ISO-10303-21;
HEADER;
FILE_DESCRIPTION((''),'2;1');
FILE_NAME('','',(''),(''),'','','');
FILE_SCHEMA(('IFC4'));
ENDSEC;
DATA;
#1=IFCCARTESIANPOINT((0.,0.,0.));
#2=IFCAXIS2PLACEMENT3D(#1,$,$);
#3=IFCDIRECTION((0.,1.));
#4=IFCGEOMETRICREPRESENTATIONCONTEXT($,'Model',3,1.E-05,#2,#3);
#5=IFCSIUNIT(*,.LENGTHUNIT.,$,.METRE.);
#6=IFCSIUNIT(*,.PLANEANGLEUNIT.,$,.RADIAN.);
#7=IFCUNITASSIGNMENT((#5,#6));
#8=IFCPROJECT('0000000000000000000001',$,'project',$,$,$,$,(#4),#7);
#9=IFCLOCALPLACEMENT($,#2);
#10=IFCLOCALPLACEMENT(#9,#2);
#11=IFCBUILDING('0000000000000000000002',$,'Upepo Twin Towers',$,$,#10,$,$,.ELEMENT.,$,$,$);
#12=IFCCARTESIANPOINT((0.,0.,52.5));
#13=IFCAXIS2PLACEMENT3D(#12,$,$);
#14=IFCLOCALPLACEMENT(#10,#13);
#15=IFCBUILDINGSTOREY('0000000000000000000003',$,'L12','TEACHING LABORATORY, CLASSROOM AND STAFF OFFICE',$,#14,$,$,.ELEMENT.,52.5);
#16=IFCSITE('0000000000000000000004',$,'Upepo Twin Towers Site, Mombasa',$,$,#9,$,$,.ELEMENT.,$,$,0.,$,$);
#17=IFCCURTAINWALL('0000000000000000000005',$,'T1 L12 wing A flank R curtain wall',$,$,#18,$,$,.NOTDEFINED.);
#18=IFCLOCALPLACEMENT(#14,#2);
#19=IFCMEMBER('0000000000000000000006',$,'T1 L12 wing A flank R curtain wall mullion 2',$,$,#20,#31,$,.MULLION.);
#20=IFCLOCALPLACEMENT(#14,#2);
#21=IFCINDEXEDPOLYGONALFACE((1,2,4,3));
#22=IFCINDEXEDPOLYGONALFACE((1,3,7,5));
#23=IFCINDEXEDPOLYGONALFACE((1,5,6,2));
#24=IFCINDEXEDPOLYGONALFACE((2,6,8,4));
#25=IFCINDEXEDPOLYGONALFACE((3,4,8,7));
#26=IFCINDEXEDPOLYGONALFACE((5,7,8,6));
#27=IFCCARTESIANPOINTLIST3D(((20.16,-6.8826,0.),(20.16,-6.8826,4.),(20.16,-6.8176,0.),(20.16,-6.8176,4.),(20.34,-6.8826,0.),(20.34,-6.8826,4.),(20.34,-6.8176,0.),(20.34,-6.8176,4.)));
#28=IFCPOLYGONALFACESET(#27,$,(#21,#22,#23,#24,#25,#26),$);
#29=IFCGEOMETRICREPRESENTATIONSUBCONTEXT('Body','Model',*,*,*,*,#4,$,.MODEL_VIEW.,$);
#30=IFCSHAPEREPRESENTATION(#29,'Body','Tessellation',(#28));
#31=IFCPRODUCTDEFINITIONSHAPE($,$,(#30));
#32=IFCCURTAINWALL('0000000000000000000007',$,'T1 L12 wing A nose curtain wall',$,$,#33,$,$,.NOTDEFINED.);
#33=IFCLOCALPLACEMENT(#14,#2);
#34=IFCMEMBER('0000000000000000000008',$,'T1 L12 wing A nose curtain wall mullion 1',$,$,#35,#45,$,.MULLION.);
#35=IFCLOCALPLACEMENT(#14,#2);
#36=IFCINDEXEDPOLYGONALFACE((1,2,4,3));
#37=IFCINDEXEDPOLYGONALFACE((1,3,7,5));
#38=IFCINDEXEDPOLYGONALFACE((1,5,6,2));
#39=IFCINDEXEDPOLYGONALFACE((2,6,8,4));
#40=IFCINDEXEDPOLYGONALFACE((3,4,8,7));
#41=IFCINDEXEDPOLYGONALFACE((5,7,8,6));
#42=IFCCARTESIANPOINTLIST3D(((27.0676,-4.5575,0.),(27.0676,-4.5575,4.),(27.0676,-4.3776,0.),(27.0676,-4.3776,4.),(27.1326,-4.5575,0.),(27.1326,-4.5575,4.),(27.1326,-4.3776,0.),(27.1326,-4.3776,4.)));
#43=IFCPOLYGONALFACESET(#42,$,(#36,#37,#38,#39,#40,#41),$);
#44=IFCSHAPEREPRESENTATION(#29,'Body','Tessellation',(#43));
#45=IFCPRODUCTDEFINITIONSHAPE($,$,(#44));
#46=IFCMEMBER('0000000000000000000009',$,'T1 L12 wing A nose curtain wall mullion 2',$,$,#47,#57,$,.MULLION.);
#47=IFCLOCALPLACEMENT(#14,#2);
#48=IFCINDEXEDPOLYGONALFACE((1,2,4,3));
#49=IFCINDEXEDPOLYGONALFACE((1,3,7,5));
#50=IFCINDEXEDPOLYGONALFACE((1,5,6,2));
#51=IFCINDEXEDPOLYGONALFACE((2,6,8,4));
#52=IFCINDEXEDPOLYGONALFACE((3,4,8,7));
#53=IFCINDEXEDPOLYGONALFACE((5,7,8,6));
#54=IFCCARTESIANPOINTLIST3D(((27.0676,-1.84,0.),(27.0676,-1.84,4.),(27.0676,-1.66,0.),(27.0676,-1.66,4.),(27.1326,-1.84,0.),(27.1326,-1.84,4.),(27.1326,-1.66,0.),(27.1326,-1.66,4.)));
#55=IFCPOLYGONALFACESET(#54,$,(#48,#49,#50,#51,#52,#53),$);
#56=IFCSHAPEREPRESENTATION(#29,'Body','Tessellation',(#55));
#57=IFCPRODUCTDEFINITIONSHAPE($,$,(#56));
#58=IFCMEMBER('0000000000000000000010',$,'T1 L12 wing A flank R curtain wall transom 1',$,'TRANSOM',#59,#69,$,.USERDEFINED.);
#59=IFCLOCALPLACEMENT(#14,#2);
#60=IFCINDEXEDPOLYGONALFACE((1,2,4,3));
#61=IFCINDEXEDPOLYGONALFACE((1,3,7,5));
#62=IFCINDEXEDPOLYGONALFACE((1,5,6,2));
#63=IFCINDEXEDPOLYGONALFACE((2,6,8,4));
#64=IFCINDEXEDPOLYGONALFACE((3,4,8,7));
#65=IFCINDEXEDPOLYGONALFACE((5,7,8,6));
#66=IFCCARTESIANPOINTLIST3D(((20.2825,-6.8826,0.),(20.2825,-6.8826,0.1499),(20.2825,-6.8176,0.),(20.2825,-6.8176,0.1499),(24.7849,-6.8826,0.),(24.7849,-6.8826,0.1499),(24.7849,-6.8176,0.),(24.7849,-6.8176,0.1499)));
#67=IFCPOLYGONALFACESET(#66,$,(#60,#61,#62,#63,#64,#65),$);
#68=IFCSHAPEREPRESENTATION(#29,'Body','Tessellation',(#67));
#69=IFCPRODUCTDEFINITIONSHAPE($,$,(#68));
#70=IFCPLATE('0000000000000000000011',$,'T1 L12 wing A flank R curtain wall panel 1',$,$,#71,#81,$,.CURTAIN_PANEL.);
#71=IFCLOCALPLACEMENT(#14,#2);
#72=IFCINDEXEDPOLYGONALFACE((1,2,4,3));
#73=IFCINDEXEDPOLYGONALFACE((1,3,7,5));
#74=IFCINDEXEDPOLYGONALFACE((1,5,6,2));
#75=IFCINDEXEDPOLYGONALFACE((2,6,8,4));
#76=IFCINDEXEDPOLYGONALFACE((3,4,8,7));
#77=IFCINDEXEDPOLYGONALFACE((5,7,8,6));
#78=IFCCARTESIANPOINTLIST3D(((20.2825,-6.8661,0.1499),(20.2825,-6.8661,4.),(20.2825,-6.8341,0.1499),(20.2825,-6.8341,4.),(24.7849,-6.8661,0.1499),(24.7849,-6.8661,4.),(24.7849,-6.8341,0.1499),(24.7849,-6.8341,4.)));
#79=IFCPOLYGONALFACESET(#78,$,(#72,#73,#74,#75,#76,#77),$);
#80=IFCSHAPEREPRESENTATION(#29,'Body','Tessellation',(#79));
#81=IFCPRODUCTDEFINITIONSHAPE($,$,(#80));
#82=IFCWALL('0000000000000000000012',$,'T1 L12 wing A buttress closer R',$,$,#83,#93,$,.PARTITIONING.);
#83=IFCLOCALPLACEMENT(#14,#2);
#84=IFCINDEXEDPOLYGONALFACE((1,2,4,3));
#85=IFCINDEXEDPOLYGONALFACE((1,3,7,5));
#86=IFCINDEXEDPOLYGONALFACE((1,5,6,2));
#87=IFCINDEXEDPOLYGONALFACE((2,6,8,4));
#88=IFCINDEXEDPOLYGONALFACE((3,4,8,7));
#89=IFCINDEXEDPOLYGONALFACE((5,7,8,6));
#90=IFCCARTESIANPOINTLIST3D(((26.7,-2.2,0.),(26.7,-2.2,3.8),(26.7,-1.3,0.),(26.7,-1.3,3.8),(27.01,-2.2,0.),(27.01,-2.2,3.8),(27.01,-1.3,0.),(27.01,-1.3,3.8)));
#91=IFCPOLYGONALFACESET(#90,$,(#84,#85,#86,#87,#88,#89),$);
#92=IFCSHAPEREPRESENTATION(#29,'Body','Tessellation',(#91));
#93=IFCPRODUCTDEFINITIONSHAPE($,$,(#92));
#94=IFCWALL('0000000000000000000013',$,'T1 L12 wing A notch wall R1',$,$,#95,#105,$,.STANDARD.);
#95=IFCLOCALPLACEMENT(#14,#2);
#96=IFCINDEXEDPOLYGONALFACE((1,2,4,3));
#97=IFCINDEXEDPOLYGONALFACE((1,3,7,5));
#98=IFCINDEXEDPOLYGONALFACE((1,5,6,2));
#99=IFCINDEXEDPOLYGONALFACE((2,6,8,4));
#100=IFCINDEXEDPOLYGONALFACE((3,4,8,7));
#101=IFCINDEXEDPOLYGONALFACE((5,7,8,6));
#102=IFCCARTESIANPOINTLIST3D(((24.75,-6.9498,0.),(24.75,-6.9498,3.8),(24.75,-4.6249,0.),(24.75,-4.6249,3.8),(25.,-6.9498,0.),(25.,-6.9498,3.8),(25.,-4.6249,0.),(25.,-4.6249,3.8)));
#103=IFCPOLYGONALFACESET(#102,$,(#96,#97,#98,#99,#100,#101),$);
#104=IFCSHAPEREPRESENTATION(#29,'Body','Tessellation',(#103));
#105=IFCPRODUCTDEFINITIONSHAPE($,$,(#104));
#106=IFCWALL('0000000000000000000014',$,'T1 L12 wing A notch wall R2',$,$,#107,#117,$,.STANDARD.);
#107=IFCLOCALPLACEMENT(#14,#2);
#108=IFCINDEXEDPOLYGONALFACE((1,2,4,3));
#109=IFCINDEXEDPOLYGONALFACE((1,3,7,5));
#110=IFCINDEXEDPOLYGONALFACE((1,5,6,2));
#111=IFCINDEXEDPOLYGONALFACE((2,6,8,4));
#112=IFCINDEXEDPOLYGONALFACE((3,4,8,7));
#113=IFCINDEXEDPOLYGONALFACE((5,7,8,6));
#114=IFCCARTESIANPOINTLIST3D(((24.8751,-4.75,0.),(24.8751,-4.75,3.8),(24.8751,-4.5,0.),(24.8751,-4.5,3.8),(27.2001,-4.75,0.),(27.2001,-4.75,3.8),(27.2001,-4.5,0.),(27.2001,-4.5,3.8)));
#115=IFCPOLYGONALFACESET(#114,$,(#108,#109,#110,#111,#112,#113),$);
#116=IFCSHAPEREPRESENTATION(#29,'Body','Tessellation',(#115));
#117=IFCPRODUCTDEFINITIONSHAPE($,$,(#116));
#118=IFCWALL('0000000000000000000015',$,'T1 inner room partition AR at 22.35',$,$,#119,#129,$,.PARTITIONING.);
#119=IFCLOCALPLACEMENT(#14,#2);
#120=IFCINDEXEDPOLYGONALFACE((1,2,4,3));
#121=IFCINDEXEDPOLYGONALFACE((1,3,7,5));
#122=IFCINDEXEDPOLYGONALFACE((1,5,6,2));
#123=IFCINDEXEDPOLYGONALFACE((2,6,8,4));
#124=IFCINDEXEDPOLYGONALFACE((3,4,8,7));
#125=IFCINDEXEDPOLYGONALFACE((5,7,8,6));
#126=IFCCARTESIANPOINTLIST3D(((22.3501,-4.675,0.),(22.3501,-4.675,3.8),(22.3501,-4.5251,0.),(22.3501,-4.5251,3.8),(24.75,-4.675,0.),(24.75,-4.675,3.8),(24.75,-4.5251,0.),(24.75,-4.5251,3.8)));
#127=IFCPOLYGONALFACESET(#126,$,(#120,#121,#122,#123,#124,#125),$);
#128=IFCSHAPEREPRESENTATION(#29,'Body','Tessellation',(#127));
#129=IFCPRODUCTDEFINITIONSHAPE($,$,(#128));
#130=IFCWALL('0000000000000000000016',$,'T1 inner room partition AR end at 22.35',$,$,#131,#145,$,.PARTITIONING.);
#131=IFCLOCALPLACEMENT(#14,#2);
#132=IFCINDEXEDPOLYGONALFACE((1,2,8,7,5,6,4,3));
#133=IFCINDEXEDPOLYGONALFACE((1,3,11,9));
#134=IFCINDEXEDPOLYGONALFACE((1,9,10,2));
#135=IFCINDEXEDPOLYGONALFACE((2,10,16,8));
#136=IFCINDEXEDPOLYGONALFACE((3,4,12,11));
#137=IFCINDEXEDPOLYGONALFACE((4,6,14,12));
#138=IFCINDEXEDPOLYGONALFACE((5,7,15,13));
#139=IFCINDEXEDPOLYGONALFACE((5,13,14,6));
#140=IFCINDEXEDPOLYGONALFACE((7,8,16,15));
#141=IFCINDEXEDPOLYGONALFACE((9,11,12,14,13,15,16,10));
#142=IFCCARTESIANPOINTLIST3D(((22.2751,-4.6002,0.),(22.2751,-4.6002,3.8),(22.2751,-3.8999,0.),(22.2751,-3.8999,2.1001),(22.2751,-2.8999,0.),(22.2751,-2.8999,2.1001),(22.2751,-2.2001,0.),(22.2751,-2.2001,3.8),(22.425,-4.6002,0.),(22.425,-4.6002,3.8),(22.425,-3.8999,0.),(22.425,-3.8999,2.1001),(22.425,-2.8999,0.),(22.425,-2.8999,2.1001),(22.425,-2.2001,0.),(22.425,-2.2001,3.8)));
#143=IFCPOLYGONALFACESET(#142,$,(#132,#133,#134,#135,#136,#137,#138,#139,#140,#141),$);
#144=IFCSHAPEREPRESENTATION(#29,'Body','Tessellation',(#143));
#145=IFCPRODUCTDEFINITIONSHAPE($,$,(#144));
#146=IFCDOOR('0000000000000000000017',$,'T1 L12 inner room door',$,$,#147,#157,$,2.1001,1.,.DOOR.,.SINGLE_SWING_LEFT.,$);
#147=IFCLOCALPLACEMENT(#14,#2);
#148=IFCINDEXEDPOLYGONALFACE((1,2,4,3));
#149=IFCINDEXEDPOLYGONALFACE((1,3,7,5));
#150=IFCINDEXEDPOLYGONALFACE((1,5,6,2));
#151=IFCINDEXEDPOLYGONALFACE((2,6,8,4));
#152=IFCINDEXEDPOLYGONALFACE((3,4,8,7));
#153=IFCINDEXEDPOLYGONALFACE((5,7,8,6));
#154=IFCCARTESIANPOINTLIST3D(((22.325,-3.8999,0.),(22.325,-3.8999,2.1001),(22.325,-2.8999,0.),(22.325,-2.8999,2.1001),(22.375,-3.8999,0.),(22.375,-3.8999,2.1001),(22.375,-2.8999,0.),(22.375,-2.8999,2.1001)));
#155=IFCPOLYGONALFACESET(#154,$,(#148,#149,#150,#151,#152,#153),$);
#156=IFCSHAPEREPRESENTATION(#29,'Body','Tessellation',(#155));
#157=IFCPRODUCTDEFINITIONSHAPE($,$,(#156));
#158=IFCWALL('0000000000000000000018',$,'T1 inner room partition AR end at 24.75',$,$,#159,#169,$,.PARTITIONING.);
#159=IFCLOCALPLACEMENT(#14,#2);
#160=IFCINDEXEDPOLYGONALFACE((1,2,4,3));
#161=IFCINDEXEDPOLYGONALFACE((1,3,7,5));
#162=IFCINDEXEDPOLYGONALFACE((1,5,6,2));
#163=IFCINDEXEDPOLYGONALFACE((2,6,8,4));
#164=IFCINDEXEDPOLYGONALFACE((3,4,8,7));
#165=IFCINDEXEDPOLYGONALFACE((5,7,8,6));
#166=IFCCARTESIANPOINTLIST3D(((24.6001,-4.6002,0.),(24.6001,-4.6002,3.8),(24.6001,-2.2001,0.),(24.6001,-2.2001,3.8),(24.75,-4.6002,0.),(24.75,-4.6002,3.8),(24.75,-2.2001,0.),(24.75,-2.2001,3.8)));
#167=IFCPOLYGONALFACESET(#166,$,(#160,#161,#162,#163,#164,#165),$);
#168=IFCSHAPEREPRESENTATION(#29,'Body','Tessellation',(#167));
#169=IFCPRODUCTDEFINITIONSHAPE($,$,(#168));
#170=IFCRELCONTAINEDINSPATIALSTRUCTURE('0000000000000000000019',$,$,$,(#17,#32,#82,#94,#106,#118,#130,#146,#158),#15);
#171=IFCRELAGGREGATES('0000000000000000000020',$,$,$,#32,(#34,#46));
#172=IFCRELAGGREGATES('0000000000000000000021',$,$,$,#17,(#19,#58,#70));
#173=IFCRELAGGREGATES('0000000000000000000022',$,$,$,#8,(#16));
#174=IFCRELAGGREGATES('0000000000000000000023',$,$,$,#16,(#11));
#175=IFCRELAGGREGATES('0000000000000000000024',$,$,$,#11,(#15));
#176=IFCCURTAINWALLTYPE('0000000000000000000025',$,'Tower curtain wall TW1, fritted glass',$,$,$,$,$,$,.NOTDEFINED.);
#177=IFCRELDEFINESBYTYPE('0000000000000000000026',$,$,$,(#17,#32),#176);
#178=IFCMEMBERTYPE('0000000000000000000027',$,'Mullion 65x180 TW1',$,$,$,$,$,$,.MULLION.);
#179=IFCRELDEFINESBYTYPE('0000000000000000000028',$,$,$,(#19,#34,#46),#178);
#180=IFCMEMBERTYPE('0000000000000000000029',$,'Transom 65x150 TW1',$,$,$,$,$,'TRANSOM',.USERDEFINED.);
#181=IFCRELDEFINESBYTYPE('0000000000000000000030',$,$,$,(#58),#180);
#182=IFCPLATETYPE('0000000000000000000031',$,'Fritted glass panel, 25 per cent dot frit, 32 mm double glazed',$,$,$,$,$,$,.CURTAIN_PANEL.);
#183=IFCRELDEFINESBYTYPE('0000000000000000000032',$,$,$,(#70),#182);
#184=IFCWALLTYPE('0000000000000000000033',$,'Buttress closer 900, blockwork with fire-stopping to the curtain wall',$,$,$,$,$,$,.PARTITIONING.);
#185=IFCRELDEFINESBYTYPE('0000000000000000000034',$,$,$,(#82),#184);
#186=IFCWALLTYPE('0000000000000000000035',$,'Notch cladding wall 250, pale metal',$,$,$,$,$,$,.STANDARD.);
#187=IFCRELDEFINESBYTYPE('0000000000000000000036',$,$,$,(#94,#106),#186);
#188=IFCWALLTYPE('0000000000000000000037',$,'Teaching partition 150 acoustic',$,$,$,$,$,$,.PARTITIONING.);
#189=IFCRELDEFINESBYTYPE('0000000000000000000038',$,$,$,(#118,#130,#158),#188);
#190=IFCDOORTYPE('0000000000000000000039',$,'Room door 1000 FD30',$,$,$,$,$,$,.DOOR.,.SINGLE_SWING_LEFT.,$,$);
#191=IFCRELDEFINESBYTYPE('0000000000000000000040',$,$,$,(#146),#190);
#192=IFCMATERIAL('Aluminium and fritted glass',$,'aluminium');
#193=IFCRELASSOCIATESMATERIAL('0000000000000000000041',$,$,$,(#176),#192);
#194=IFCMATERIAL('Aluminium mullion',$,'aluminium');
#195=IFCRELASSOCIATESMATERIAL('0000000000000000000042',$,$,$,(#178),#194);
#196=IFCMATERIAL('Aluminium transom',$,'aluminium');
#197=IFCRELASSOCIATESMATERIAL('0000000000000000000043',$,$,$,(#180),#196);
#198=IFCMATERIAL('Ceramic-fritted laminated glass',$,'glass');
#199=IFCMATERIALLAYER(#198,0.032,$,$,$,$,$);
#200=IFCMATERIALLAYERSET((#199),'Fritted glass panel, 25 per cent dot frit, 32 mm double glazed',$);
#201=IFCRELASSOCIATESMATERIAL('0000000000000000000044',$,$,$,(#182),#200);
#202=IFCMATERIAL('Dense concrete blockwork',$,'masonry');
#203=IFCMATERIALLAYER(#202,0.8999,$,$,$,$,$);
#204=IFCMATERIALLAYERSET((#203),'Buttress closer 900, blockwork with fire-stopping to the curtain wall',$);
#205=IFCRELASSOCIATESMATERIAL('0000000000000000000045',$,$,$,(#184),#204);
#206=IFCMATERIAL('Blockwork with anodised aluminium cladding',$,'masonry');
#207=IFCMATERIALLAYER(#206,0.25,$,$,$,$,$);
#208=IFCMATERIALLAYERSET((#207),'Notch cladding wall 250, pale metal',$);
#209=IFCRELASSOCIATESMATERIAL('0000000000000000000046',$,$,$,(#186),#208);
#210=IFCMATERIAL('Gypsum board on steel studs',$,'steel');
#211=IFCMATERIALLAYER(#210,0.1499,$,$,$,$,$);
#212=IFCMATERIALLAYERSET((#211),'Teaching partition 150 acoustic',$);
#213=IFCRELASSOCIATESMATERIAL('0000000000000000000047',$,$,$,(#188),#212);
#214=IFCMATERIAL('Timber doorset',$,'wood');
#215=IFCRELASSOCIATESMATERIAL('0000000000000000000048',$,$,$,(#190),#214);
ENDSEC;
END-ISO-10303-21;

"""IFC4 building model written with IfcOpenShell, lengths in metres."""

from ifc_helpers import new_model, si_unit, direction, frame, frame_2d, origin, origin_2d, place, context, subcontext, project, spatial, rectangle, extrude, material, layer, layer_set, material_profile, profile_set, type_object, element, fill, aggregate, save


model = new_model("IFC4")

# Units and contexts
model_context = context("Model", 3, precision=1e-05, world=origin(), true_north=direction((0.0, 1.0)))
body_context = subcontext(model_context, "Body", "Model", "MODEL_VIEW")
ifc_project = project(units=[si_unit("LENGTHUNIT", "METRE"), si_unit("PLANEANGLEUNIT", "RADIAN")], contexts=[model_context])

# Site, building, storey
site_placement = place(None, origin())
site = spatial("IfcSite", under=ifc_project, at=site_placement, Name="Upepo Twin Towers Site, Mombasa", CompositionType="ELEMENT", RefElevation=0.0)
building_placement = place(site_placement, origin())
building = spatial("IfcBuilding", under=site, at=building_placement, Name="Upepo Twin Towers", CompositionType="ELEMENT")
storey_placement = place(building_placement, frame((0.0, 0.0, 52.5)))
storey = spatial("IfcBuildingStorey", under=building, at=storey_placement, Name="L12", Description="TEACHING LABORATORY, CLASSROOM AND STAFF OFFICE", CompositionType="ELEMENT", Elevation=52.5)

# Curtain walls, members
ifc_material_1 = material(Name="Aluminium and fritted glass", Category="aluminium")
curtain_wall_type = type_object("IfcCurtainWallType", Name="Tower curtain wall TW1, fritted glass", PredefinedType="NOTDEFINED", material=ifc_material_1)
curtain_wall_1_placement = place(storey_placement, origin())
curtain_wall_1 = element("IfcCurtainWall", 1, at=curtain_wall_1_placement, inside=storey, type_object=curtain_wall_type, Name="T1 L12 wing A flank R curtain wall", PredefinedType="NOTDEFINED")
ifc_material_2 = material(Name="Aluminium mullion", Category="aluminium")
ifc_material_profile_1 = material_profile(ifc_material_2, rectangle(XDim=0.0649, YDim=0.1799, at=origin_2d()), Name="MULLION 65x180")
ifc_profile_set_1 = profile_set([ifc_material_profile_1], Name="Aluminium mullion")
member_type_1 = type_object("IfcMemberType", Name="Mullion 65x180 TW1", PredefinedType="MULLION", material=ifc_profile_set_1)
member_1_placement = place(storey_placement, frame((20.25, -6.8501, 0.0), z_axis=(0.0, 0.0, 1.0), x_axis=(0.0, -1.0, 0.0)))
member_1 = element("IfcMember", 2, at=member_1_placement, type_object=member_type_1, Name="T1 L12 wing A flank R curtain wall mullion 2", PredefinedType="MULLION", context=body_context, shape_type="SweptSolid", body=[
    extrude(rectangle(XDim=0.0649, YDim=0.1799, at=origin_2d()), origin(), (0.0, 0.0, 1.0), 4.0),
])
curtain_wall_2_placement = place(storey_placement, origin())
curtain_wall_2 = element("IfcCurtainWall", 3, at=curtain_wall_2_placement, inside=storey, type_object=curtain_wall_type, Name="T1 L12 wing A nose curtain wall", PredefinedType="NOTDEFINED")
member_2_placement = place(storey_placement, frame((27.1001, -4.4675, 0.0), z_axis=(0.0, 0.0, 1.0), x_axis=(-1.0, 0.0, 0.0)))
member_2 = element("IfcMember", 4, at=member_2_placement, type_object=member_type_1, Name="T1 L12 wing A nose curtain wall mullion 1", PredefinedType="MULLION", context=body_context, shape_type="SweptSolid", body=[
    extrude(rectangle(XDim=0.0649, YDim=0.1799, at=origin_2d()), origin(), (0.0, 0.0, 1.0), 4.0),
])
member_3_placement = place(storey_placement, frame((27.1001, -1.75, 0.0), z_axis=(0.0, 0.0, 1.0), x_axis=(-1.0, 0.0, 0.0)))
member_3 = element("IfcMember", 5, at=member_3_placement, type_object=member_type_1, Name="T1 L12 wing A nose curtain wall mullion 2", PredefinedType="MULLION", context=body_context, shape_type="SweptSolid", body=[
    extrude(rectangle(XDim=0.0649, YDim=0.1799, at=origin_2d()), origin(), (0.0, 0.0, 1.0), 4.0),
])
aggregate(curtain_wall_2, [member_2, member_3])

# Member
ifc_material_3 = material(Name="Aluminium transom", Category="aluminium")
ifc_material_profile_2 = material_profile(ifc_material_3, rectangle(XDim=0.0649, YDim=0.1499, at=origin_2d()), Name="TRANSOM 65x150")
ifc_profile_set_2 = profile_set([ifc_material_profile_2], Name="Aluminium transom")
member_type_2 = type_object("IfcMemberType", Name="Transom 65x150 TW1", ElementType="TRANSOM", PredefinedType="USERDEFINED", material=ifc_profile_set_2)
member_4_placement = place(storey_placement, frame((24.7849, -6.8501, 0.075), z_axis=(-1.0, 0.0, 0.0), x_axis=(0.0, -1.0, 0.0)))
member_4 = element("IfcMember", 6, at=member_4_placement, type_object=member_type_2, Name="T1 L12 wing A flank R curtain wall transom 1", ObjectType="TRANSOM", PredefinedType="USERDEFINED", context=body_context, shape_type="SweptSolid", body=[
    extrude(rectangle(XDim=0.0649, YDim=0.1499, at=origin_2d()), origin(), (0.0, 0.0, 1.0), 4.5024),
])

# Plate
ifc_material_4 = material(Name="Ceramic-fritted laminated glass", Category="glass")
ifc_layer_1 = layer(ifc_material_4, 0.032)
ifc_layer_set_1 = layer_set([ifc_layer_1], Name="Fritted glass panel, 25 per cent dot frit, 32 mm double glazed")
plate_type = type_object("IfcPlateType", Name="Fritted glass panel, 25 per cent dot frit, 32 mm double glazed", PredefinedType="CURTAIN_PANEL", material=ifc_layer_set_1)
plate_placement = place(storey_placement, frame((22.5337, -6.8501, 0.1499), z_axis=(0.0, 0.0, 1.0), x_axis=(-1.0, 0.0, 0.0)))
plate = element("IfcPlate", 7, at=plate_placement, type_object=plate_type, Name="T1 L12 wing A flank R curtain wall panel 1", PredefinedType="CURTAIN_PANEL", context=body_context, shape_type="SweptSolid", body=[
    extrude(rectangle(XDim=4.5024, YDim=0.032, at=origin_2d()), origin(), (0.0, 0.0, 1.0), 3.8501),
])
aggregate(curtain_wall_1, [member_1, member_4, plate])

# Walls
ifc_material_5 = material(Name="Dense concrete blockwork", Category="masonry")
ifc_layer_2 = layer(ifc_material_5, 0.8999)
ifc_layer_set_2 = layer_set([ifc_layer_2], Name="Buttress closer 900, blockwork with fire-stopping to the curtain wall")
wall_type_1 = type_object("IfcWallType", Name="Buttress closer 900, blockwork with fire-stopping to the curtain wall", PredefinedType="PARTITIONING", material=ifc_layer_set_2)
wall_1_placement = place(storey_placement, frame((26.7, -1.75, 0.0), z_axis=(0.0, 0.0, 1.0), x_axis=(1.0, 0.0, 0.0)))
element("IfcWall", 8, at=wall_1_placement, inside=storey, type_object=wall_type_1, Name="T1 L12 wing A buttress closer R", PredefinedType="PARTITIONING", context=body_context, shape_type="SweptSolid", body=[
    extrude(rectangle(XDim=0.3101, YDim=0.8999, at=frame_2d((0.155, 0.0))), origin(), (0.0, 0.0, 1.0), 3.8),
])
ifc_material_6 = material(Name="Blockwork with anodised aluminium cladding", Category="masonry")
ifc_layer_3 = layer(ifc_material_6, 0.25)
ifc_layer_set_3 = layer_set([ifc_layer_3], Name="Notch cladding wall 250, pale metal")
wall_type_2 = type_object("IfcWallType", Name="Notch cladding wall 250, pale metal", PredefinedType="STANDARD", material=ifc_layer_set_3)
for number, where, z_axis, x_axis, name in (
    (9, (24.875, -6.95, 0.0), (0.0, 0.0, 1.0), (0.0, 1.0, 0.0), "T1 L12 wing A notch wall R1"),
    (10, (24.875, -4.625, 0.0), (0.0, 0.0, 1.0), (1.0, 0.0, 0.0), "T1 L12 wing A notch wall R2"),
):
    element("IfcWall", number, at=place(storey_placement, frame(where, z_axis=z_axis, x_axis=x_axis)), inside=storey, type_object=wall_type_2, Name=name, PredefinedType="STANDARD", context=body_context, shape_type="SweptSolid", body=[
        extrude(rectangle(XDim=2.325, YDim=0.25, at=frame_2d((1.1626, 0.0))), origin(), (0.0, 0.0, 1.0), 3.8),
    ])
ifc_material_7 = material(Name="Gypsum board on steel studs", Category="steel")
ifc_layer_4 = layer(ifc_material_7, 0.1499)
ifc_layer_set_4 = layer_set([ifc_layer_4], Name="Teaching partition 150 acoustic")
wall_type_3 = type_object("IfcWallType", Name="Teaching partition 150 acoustic", PredefinedType="PARTITIONING", material=ifc_layer_set_4)
wall_2_placement = place(storey_placement, frame((22.3501, -4.6001, 0.0), z_axis=(0.0, 0.0, 1.0), x_axis=(1.0, 0.0, 0.0)))
element("IfcWall", 11, at=wall_2_placement, inside=storey, type_object=wall_type_3, Name="T1 inner room partition AR at 22.35", PredefinedType="PARTITIONING", context=body_context, shape_type="SweptSolid", body=[
    extrude(rectangle(XDim=2.3999, YDim=0.1499, at=frame_2d((1.2, 0.0))), origin(), (0.0, 0.0, 1.0), 3.8),
])

# Wall, opening, door
wall_3_placement = place(storey_placement, frame((22.3501, -2.2, 0.0), z_axis=(0.0, 0.0, 1.0), x_axis=(0.0, -1.0, 0.0)))
wall_3 = element("IfcWall", 12, at=wall_3_placement, inside=storey, type_object=wall_type_3, Name="T1 inner room partition AR end at 22.35", PredefinedType="PARTITIONING", context=body_context, shape_type="SweptSolid", body=[
    extrude(rectangle(XDim=2.4001, YDim=0.1499, at=frame_2d((1.2002, 0.0))), origin(), (0.0, 0.0, 1.0), 3.8),
])
opening_1_placement = place(wall_3_placement, frame((0.7, 0.0, 0.0)))
opening_1 = element("IfcOpeningElement", 13, at=opening_1_placement, cuts=wall_3, PredefinedType="OPENING", context=body_context, shape_type="SweptSolid", body=[
    extrude(rectangle(XDim=1.0, YDim=2.1001, at=frame_2d((0.5, 1.05))), frame((0.0, 0.085, 0.0), z_axis=(0.0, -1.0, 0.0), x_axis=(1.0, 0.0, 0.0)), (0.0, 0.0, 1.0), 0.1699),
])
ifc_material_8 = material(Name="Timber doorset", Category="wood")
door_type = type_object("IfcDoorType", Name="Room door 1000 FD30", OperationType="SINGLE_SWING_LEFT", PredefinedType="DOOR", material=ifc_material_8)
door_1_placement = place(opening_1_placement, origin())
door_1 = element("IfcDoor", 14, at=door_1_placement, inside=storey, type_object=door_type, Name="T1 L12 inner room door", OperationType="SINGLE_SWING_LEFT", OverallHeight=2.1001, OverallWidth=1.0, PredefinedType="DOOR", context=body_context, shape_type="SweptSolid", body=[
    extrude(rectangle(XDim=1.0, YDim=2.1001, at=frame_2d((0.5, 1.05))), frame((0.0, 0.0249, 0.0), z_axis=(0.0, -1.0, 0.0), x_axis=(1.0, 0.0, 0.0)), (0.0, 0.0, 1.0), 0.05),
])
fill(opening_1, door_1)

# Wall
wall_4_placement = place(storey_placement, frame((24.675, -2.2, 0.0), z_axis=(0.0, 0.0, 1.0), x_axis=(0.0, -1.0, 0.0)))
element("IfcWall", 15, at=wall_4_placement, inside=storey, type_object=wall_type_3, Name="T1 inner room partition AR end at 24.75", PredefinedType="PARTITIONING", context=body_context, shape_type="SweptSolid", body=[
    extrude(rectangle(XDim=2.4001, YDim=0.1499, at=frame_2d((1.2002, 0.0))), origin(), (0.0, 0.0, 1.0), 3.8),
])

save(model, "model.ifc")
